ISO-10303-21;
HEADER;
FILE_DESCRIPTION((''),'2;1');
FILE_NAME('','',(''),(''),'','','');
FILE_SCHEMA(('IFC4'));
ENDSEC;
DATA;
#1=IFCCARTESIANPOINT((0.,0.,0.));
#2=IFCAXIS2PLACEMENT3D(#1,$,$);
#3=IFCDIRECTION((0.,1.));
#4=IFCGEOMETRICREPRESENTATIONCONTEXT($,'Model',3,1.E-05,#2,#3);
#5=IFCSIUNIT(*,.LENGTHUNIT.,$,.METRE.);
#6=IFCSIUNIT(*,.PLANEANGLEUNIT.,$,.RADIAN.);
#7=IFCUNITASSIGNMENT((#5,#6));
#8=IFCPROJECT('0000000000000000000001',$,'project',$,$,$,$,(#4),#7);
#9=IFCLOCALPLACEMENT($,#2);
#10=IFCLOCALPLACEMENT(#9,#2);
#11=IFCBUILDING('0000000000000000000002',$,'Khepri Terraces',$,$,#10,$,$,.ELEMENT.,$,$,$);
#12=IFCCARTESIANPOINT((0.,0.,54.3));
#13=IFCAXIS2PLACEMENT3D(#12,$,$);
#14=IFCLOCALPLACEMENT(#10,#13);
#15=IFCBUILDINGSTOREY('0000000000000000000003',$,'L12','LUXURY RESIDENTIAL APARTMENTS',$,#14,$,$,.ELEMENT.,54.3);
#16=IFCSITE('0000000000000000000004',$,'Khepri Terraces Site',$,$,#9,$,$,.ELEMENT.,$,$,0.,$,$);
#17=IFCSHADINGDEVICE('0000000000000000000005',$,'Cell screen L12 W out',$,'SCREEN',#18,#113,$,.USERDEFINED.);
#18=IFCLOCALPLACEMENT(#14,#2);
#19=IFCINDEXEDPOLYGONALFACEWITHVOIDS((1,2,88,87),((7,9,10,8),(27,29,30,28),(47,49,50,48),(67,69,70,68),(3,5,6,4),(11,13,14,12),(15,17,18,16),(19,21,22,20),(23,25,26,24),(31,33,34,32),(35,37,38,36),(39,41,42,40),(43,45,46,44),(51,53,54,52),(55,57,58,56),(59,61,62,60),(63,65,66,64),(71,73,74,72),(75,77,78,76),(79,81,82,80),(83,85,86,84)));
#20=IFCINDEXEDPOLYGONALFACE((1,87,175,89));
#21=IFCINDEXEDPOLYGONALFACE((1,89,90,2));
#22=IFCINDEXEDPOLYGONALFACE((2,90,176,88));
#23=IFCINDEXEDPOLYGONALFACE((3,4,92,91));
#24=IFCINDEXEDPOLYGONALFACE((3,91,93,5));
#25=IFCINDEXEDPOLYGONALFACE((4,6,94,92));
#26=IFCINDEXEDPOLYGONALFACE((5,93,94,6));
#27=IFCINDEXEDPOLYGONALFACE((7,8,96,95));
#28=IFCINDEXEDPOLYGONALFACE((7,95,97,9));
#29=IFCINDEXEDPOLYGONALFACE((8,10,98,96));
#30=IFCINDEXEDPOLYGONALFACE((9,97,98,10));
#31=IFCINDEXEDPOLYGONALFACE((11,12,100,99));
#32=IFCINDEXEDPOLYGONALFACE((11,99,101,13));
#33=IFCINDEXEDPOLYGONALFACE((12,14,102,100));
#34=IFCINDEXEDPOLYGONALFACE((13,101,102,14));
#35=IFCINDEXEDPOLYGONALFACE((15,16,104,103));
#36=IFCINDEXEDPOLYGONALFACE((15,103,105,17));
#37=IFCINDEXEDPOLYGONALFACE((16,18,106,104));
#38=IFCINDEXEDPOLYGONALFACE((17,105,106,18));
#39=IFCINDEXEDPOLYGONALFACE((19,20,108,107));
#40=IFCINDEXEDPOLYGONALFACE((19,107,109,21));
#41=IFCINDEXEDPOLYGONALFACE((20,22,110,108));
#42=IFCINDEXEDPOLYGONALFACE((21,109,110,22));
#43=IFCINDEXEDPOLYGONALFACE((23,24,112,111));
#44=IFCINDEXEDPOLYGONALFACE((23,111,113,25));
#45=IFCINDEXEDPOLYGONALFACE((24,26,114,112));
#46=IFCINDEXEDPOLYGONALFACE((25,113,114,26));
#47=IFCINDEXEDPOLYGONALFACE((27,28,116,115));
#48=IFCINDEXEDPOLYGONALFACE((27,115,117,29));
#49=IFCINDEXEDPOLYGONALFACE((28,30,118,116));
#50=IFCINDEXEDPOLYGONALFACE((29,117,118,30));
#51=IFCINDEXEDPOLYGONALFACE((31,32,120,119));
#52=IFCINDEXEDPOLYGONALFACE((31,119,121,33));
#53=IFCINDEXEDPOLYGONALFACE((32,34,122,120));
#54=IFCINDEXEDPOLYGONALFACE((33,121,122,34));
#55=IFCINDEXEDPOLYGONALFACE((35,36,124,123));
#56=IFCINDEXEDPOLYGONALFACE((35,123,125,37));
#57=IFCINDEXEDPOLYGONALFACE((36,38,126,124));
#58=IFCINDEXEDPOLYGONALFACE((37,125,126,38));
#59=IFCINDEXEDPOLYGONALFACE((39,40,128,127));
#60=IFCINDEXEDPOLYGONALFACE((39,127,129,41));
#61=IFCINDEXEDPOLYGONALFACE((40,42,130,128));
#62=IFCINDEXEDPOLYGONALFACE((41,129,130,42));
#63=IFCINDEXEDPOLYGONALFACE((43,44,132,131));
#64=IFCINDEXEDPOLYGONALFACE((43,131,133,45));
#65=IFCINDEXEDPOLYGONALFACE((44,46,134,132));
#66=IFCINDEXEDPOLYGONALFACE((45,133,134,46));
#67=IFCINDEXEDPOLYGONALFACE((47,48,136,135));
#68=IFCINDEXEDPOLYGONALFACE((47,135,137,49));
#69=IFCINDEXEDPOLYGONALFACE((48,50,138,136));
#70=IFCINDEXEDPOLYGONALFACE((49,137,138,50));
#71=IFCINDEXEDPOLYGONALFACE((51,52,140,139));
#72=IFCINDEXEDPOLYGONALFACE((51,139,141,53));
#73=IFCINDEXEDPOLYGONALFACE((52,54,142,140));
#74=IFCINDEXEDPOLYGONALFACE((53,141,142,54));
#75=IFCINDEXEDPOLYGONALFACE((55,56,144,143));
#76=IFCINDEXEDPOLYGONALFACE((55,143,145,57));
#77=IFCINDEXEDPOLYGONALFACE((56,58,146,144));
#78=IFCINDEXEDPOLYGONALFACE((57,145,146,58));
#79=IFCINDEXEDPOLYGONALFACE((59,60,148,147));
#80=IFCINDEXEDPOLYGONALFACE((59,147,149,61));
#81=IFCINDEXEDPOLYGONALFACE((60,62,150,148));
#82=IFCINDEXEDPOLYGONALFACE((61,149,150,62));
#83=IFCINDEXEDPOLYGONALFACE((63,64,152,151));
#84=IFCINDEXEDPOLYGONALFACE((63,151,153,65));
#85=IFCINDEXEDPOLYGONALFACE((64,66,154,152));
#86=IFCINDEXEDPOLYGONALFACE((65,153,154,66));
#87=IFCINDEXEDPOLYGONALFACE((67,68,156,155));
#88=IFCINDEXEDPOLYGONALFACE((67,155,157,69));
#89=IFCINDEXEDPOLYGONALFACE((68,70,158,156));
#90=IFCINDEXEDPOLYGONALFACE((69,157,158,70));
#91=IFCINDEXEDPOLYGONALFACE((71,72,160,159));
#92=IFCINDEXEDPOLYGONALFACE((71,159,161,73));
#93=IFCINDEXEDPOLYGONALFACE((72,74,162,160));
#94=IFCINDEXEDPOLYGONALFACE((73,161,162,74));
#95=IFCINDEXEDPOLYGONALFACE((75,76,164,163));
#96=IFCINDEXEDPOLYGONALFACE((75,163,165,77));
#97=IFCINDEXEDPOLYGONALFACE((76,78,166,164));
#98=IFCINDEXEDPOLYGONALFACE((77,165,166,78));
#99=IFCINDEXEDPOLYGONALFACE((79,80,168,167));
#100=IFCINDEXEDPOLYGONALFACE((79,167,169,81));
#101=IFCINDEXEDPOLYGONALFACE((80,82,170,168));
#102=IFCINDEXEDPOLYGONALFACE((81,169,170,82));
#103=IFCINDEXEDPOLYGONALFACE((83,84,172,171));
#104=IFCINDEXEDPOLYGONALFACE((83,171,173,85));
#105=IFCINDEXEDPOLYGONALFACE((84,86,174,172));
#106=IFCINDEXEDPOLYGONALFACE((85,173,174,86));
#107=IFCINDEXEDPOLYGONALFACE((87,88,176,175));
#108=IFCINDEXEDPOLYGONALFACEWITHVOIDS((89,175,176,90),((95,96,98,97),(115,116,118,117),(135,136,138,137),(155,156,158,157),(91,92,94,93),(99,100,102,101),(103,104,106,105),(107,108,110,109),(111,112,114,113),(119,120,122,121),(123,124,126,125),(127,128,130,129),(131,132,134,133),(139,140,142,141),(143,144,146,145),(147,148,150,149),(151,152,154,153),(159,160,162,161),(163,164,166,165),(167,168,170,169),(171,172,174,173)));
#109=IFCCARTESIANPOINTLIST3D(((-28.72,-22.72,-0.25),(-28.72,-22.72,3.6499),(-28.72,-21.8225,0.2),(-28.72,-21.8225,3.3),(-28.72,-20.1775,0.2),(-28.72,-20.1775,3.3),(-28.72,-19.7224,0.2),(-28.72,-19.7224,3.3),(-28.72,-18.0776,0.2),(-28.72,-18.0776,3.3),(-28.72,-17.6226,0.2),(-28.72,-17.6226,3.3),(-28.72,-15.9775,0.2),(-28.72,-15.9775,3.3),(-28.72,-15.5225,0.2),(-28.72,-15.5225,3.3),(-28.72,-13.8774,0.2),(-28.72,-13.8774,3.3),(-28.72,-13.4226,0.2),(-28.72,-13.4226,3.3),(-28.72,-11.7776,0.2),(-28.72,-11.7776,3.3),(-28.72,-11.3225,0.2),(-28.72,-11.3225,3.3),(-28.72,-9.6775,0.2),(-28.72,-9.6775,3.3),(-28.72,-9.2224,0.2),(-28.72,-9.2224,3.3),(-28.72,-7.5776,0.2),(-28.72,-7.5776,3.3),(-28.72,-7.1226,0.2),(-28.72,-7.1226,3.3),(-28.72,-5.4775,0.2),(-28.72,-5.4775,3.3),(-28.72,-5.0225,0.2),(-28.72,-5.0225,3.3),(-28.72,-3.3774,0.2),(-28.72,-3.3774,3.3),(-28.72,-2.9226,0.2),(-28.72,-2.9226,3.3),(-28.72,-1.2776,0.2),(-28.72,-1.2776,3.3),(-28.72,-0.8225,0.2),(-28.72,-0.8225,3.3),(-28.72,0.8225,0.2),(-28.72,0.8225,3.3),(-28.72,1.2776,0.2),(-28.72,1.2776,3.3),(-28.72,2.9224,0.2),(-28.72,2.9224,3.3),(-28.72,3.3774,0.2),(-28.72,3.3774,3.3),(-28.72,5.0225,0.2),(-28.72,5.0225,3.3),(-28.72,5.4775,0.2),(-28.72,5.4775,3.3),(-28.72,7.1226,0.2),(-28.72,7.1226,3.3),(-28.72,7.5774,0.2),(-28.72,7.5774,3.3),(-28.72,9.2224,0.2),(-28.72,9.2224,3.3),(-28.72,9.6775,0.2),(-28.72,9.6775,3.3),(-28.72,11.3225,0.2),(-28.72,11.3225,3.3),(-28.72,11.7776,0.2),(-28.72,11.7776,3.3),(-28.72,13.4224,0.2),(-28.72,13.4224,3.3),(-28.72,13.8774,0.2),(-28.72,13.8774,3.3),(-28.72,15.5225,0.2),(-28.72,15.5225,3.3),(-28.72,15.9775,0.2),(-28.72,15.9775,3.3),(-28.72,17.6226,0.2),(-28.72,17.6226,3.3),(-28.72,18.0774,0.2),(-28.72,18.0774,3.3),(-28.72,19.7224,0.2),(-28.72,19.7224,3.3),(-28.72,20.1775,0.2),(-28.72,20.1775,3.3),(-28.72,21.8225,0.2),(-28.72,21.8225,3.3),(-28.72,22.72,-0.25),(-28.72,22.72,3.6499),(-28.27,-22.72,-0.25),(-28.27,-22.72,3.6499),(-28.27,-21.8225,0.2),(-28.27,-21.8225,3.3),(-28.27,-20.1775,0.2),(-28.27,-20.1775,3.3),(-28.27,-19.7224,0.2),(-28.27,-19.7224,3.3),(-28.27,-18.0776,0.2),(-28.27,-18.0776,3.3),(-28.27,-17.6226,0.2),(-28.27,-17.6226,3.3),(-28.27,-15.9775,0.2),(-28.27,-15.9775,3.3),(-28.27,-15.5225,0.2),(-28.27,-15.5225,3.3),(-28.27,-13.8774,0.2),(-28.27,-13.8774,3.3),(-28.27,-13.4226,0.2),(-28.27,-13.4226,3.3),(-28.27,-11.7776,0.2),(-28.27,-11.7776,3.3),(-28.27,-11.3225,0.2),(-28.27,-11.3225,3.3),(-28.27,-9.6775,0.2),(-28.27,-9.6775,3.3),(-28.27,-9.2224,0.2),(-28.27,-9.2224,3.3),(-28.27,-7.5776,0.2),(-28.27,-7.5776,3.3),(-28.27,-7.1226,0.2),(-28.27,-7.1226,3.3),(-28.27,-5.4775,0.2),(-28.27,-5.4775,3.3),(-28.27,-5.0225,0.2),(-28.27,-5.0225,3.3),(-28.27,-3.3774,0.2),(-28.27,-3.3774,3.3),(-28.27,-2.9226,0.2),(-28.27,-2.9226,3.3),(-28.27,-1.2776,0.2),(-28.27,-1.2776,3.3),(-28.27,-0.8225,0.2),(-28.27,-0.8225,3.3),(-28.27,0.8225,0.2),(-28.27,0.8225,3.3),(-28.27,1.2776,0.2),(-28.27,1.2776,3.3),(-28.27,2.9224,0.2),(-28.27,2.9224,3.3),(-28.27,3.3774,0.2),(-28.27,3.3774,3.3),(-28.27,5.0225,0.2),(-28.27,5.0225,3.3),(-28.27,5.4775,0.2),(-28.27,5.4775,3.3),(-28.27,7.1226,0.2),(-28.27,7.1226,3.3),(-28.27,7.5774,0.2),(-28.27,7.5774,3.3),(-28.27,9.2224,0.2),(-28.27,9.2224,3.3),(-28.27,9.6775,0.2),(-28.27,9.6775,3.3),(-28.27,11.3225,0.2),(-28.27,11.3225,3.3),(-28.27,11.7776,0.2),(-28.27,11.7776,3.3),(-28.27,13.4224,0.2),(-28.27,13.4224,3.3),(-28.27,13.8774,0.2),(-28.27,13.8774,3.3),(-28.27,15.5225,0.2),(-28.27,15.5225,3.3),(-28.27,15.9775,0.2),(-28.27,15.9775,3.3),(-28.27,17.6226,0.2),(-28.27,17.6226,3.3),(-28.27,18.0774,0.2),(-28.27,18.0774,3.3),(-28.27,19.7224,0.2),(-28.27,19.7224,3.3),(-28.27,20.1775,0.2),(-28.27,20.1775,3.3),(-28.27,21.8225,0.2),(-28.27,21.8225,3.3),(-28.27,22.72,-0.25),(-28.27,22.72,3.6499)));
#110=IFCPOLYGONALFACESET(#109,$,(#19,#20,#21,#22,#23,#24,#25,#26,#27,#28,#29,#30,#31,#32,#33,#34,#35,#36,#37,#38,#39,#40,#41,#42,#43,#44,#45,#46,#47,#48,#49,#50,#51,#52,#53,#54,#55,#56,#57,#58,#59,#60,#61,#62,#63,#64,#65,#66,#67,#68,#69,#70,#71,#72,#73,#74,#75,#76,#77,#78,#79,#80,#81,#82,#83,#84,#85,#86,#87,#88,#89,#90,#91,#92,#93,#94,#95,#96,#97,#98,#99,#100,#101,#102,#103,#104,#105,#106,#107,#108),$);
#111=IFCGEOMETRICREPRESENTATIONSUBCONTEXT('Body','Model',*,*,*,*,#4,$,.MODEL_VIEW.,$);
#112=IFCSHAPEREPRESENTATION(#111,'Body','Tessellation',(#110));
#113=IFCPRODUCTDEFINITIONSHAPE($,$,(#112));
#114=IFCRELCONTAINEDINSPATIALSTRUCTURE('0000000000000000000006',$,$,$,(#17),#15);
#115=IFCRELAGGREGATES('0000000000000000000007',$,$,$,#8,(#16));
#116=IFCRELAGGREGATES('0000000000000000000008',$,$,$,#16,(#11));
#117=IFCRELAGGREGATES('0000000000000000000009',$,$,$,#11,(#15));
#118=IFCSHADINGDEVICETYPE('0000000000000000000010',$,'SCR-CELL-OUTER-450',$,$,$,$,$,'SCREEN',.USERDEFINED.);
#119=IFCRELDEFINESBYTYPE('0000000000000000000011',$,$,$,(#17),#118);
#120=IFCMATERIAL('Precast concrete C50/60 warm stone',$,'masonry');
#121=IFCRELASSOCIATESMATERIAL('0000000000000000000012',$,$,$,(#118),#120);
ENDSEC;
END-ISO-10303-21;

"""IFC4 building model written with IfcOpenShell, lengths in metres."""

from ifc_helpers import new_model, si_unit, direction, frame, origin, place, context, subcontext, project, spatial, polyline, outline, extrude, material, type_object, element, save


model = new_model("IFC4")

# Units and contexts
model_context = context("Model", 3, precision=1e-05, world=origin(), true_north=direction((0.0, 1.0)))
body_context = subcontext(model_context, "Body", "Model", "MODEL_VIEW")
ifc_project = project(units=[si_unit("LENGTHUNIT", "METRE"), si_unit("PLANEANGLEUNIT", "RADIAN")], contexts=[model_context])

# Site, building, storey
site_placement = place(None, origin())
site = spatial("IfcSite", under=ifc_project, at=site_placement, Name="Khepri Terraces Site", CompositionType="ELEMENT", RefElevation=0.0)
building_placement = place(site_placement, origin())
building = spatial("IfcBuilding", under=site, at=building_placement, Name="Khepri Terraces", CompositionType="ELEMENT")
storey_placement = place(building_placement, frame((0.0, 0.0, 54.3)))
storey = spatial("IfcBuildingStorey", under=building, at=storey_placement, Name="L12", Description="LUXURY RESIDENTIAL APARTMENTS", CompositionType="ELEMENT", Elevation=54.3)

# Shared definitions
ifc_material_1 = material(Name="Precast concrete C50/60 warm stone", Category="masonry")

# Shading device
shading_device_type_1 = type_object("IfcShadingDeviceType", Name="SCR-CELL-OUTER-450", ElementType="SCREEN", PredefinedType="USERDEFINED", material=ifc_material_1)
shading_device_1_placement = place(storey_placement, frame((-28.27, 22.72, -0.25), z_axis=(-1.0, 0.0, 0.0), x_axis=(0.0, -1.0, 0.0)))
element("IfcShadingDevice", 1, at=shading_device_1_placement, inside=storey, type_object=shading_device_type_1, Name="Cell screen L12 W out", ObjectType="SCREEN", PredefinedType="USERDEFINED", context=body_context, shape_type="SweptSolid", body=[
    extrude(outline(polyline([(0.0, 0.0), (45.4399, 0.0), (45.4399, 3.8999), (0.0, 3.8999), (0.0, 0.0)]), holes=[polyline([(0.8975, 0.45), (2.5425, 0.45), (2.5425, 3.55), (0.8975, 3.55), (0.8975, 0.45)]), polyline([(2.9976, 0.45), (4.6426, 0.45), (4.6426, 3.55), (2.9976, 3.55), (2.9976, 0.45)]), polyline([(5.0974, 0.45), (6.7424, 0.45), (6.7424, 3.55), (5.0974, 3.55), (5.0974, 0.45)]), polyline([(7.1975, 0.45), (8.8425, 0.45), (8.8425, 3.55), (7.1975, 3.55), (7.1975, 0.45)]), polyline([(9.2976, 0.45), (10.9424, 0.45), (10.9424, 3.55), (9.2976, 3.55), (9.2976, 0.45)]), polyline([(11.3975, 0.45), (13.0425, 0.45), (13.0425, 3.55), (11.3975, 3.55), (11.3975, 0.45)]), polyline([(13.4976, 0.45), (15.1426, 0.45), (15.1426, 3.55), (13.4976, 3.55), (13.4976, 0.45)]), polyline([(15.5974, 0.45), (17.2424, 0.45), (17.2424, 3.55), (15.5974, 3.55), (15.5974, 0.45)]), polyline([(17.6975, 0.45), (19.3425, 0.45), (19.3425, 3.55), (17.6975, 3.55), (17.6975, 0.45)]), polyline([(19.7976, 0.45), (21.4424, 0.45), (21.4424, 3.55), (19.7976, 3.55), (19.7976, 0.45)]), polyline([(21.8975, 0.45), (23.5425, 0.45), (23.5425, 3.55), (21.8975, 3.55), (21.8975, 0.45)]), polyline([(23.9976, 0.45), (25.6426, 0.45), (25.6426, 3.55), (23.9976, 3.55), (23.9976, 0.45)]), polyline([(26.0974, 0.45), (27.7424, 0.45), (27.7424, 3.55), (26.0974, 3.55), (26.0974, 0.45)]), polyline([(28.1975, 0.45), (29.8425, 0.45), (29.8425, 3.55), (28.1975, 3.55), (28.1975, 0.45)]), polyline([(30.2976, 0.45), (31.9424, 0.45), (31.9424, 3.55), (30.2976, 3.55), (30.2976, 0.45)]), polyline([(32.3975, 0.45), (34.0425, 0.45), (34.0425, 3.55), (32.3975, 3.55), (32.3975, 0.45)]), polyline([(34.4976, 0.45), (36.1426, 0.45), (36.1426, 3.55), (34.4976, 3.55), (34.4976, 0.45)]), polyline([(36.5974, 0.45), (38.2424, 0.45), (38.2424, 3.55), (36.5974, 3.55), (36.5974, 0.45)]), polyline([(38.6975, 0.45), (40.3425, 0.45), (40.3425, 3.55), (38.6975, 3.55), (38.6975, 0.45)]), polyline([(40.7976, 0.45), (42.4424, 0.45), (42.4424, 3.55), (40.7976, 3.55), (40.7976, 0.45)]), polyline([(42.8975, 0.45), (44.5425, 0.45), (44.5425, 3.55), (42.8975, 3.55), (42.8975, 0.45)])]), origin(), (0.0, 0.0, 1.0), 0.45),
])

save(model, "model.ifc")
